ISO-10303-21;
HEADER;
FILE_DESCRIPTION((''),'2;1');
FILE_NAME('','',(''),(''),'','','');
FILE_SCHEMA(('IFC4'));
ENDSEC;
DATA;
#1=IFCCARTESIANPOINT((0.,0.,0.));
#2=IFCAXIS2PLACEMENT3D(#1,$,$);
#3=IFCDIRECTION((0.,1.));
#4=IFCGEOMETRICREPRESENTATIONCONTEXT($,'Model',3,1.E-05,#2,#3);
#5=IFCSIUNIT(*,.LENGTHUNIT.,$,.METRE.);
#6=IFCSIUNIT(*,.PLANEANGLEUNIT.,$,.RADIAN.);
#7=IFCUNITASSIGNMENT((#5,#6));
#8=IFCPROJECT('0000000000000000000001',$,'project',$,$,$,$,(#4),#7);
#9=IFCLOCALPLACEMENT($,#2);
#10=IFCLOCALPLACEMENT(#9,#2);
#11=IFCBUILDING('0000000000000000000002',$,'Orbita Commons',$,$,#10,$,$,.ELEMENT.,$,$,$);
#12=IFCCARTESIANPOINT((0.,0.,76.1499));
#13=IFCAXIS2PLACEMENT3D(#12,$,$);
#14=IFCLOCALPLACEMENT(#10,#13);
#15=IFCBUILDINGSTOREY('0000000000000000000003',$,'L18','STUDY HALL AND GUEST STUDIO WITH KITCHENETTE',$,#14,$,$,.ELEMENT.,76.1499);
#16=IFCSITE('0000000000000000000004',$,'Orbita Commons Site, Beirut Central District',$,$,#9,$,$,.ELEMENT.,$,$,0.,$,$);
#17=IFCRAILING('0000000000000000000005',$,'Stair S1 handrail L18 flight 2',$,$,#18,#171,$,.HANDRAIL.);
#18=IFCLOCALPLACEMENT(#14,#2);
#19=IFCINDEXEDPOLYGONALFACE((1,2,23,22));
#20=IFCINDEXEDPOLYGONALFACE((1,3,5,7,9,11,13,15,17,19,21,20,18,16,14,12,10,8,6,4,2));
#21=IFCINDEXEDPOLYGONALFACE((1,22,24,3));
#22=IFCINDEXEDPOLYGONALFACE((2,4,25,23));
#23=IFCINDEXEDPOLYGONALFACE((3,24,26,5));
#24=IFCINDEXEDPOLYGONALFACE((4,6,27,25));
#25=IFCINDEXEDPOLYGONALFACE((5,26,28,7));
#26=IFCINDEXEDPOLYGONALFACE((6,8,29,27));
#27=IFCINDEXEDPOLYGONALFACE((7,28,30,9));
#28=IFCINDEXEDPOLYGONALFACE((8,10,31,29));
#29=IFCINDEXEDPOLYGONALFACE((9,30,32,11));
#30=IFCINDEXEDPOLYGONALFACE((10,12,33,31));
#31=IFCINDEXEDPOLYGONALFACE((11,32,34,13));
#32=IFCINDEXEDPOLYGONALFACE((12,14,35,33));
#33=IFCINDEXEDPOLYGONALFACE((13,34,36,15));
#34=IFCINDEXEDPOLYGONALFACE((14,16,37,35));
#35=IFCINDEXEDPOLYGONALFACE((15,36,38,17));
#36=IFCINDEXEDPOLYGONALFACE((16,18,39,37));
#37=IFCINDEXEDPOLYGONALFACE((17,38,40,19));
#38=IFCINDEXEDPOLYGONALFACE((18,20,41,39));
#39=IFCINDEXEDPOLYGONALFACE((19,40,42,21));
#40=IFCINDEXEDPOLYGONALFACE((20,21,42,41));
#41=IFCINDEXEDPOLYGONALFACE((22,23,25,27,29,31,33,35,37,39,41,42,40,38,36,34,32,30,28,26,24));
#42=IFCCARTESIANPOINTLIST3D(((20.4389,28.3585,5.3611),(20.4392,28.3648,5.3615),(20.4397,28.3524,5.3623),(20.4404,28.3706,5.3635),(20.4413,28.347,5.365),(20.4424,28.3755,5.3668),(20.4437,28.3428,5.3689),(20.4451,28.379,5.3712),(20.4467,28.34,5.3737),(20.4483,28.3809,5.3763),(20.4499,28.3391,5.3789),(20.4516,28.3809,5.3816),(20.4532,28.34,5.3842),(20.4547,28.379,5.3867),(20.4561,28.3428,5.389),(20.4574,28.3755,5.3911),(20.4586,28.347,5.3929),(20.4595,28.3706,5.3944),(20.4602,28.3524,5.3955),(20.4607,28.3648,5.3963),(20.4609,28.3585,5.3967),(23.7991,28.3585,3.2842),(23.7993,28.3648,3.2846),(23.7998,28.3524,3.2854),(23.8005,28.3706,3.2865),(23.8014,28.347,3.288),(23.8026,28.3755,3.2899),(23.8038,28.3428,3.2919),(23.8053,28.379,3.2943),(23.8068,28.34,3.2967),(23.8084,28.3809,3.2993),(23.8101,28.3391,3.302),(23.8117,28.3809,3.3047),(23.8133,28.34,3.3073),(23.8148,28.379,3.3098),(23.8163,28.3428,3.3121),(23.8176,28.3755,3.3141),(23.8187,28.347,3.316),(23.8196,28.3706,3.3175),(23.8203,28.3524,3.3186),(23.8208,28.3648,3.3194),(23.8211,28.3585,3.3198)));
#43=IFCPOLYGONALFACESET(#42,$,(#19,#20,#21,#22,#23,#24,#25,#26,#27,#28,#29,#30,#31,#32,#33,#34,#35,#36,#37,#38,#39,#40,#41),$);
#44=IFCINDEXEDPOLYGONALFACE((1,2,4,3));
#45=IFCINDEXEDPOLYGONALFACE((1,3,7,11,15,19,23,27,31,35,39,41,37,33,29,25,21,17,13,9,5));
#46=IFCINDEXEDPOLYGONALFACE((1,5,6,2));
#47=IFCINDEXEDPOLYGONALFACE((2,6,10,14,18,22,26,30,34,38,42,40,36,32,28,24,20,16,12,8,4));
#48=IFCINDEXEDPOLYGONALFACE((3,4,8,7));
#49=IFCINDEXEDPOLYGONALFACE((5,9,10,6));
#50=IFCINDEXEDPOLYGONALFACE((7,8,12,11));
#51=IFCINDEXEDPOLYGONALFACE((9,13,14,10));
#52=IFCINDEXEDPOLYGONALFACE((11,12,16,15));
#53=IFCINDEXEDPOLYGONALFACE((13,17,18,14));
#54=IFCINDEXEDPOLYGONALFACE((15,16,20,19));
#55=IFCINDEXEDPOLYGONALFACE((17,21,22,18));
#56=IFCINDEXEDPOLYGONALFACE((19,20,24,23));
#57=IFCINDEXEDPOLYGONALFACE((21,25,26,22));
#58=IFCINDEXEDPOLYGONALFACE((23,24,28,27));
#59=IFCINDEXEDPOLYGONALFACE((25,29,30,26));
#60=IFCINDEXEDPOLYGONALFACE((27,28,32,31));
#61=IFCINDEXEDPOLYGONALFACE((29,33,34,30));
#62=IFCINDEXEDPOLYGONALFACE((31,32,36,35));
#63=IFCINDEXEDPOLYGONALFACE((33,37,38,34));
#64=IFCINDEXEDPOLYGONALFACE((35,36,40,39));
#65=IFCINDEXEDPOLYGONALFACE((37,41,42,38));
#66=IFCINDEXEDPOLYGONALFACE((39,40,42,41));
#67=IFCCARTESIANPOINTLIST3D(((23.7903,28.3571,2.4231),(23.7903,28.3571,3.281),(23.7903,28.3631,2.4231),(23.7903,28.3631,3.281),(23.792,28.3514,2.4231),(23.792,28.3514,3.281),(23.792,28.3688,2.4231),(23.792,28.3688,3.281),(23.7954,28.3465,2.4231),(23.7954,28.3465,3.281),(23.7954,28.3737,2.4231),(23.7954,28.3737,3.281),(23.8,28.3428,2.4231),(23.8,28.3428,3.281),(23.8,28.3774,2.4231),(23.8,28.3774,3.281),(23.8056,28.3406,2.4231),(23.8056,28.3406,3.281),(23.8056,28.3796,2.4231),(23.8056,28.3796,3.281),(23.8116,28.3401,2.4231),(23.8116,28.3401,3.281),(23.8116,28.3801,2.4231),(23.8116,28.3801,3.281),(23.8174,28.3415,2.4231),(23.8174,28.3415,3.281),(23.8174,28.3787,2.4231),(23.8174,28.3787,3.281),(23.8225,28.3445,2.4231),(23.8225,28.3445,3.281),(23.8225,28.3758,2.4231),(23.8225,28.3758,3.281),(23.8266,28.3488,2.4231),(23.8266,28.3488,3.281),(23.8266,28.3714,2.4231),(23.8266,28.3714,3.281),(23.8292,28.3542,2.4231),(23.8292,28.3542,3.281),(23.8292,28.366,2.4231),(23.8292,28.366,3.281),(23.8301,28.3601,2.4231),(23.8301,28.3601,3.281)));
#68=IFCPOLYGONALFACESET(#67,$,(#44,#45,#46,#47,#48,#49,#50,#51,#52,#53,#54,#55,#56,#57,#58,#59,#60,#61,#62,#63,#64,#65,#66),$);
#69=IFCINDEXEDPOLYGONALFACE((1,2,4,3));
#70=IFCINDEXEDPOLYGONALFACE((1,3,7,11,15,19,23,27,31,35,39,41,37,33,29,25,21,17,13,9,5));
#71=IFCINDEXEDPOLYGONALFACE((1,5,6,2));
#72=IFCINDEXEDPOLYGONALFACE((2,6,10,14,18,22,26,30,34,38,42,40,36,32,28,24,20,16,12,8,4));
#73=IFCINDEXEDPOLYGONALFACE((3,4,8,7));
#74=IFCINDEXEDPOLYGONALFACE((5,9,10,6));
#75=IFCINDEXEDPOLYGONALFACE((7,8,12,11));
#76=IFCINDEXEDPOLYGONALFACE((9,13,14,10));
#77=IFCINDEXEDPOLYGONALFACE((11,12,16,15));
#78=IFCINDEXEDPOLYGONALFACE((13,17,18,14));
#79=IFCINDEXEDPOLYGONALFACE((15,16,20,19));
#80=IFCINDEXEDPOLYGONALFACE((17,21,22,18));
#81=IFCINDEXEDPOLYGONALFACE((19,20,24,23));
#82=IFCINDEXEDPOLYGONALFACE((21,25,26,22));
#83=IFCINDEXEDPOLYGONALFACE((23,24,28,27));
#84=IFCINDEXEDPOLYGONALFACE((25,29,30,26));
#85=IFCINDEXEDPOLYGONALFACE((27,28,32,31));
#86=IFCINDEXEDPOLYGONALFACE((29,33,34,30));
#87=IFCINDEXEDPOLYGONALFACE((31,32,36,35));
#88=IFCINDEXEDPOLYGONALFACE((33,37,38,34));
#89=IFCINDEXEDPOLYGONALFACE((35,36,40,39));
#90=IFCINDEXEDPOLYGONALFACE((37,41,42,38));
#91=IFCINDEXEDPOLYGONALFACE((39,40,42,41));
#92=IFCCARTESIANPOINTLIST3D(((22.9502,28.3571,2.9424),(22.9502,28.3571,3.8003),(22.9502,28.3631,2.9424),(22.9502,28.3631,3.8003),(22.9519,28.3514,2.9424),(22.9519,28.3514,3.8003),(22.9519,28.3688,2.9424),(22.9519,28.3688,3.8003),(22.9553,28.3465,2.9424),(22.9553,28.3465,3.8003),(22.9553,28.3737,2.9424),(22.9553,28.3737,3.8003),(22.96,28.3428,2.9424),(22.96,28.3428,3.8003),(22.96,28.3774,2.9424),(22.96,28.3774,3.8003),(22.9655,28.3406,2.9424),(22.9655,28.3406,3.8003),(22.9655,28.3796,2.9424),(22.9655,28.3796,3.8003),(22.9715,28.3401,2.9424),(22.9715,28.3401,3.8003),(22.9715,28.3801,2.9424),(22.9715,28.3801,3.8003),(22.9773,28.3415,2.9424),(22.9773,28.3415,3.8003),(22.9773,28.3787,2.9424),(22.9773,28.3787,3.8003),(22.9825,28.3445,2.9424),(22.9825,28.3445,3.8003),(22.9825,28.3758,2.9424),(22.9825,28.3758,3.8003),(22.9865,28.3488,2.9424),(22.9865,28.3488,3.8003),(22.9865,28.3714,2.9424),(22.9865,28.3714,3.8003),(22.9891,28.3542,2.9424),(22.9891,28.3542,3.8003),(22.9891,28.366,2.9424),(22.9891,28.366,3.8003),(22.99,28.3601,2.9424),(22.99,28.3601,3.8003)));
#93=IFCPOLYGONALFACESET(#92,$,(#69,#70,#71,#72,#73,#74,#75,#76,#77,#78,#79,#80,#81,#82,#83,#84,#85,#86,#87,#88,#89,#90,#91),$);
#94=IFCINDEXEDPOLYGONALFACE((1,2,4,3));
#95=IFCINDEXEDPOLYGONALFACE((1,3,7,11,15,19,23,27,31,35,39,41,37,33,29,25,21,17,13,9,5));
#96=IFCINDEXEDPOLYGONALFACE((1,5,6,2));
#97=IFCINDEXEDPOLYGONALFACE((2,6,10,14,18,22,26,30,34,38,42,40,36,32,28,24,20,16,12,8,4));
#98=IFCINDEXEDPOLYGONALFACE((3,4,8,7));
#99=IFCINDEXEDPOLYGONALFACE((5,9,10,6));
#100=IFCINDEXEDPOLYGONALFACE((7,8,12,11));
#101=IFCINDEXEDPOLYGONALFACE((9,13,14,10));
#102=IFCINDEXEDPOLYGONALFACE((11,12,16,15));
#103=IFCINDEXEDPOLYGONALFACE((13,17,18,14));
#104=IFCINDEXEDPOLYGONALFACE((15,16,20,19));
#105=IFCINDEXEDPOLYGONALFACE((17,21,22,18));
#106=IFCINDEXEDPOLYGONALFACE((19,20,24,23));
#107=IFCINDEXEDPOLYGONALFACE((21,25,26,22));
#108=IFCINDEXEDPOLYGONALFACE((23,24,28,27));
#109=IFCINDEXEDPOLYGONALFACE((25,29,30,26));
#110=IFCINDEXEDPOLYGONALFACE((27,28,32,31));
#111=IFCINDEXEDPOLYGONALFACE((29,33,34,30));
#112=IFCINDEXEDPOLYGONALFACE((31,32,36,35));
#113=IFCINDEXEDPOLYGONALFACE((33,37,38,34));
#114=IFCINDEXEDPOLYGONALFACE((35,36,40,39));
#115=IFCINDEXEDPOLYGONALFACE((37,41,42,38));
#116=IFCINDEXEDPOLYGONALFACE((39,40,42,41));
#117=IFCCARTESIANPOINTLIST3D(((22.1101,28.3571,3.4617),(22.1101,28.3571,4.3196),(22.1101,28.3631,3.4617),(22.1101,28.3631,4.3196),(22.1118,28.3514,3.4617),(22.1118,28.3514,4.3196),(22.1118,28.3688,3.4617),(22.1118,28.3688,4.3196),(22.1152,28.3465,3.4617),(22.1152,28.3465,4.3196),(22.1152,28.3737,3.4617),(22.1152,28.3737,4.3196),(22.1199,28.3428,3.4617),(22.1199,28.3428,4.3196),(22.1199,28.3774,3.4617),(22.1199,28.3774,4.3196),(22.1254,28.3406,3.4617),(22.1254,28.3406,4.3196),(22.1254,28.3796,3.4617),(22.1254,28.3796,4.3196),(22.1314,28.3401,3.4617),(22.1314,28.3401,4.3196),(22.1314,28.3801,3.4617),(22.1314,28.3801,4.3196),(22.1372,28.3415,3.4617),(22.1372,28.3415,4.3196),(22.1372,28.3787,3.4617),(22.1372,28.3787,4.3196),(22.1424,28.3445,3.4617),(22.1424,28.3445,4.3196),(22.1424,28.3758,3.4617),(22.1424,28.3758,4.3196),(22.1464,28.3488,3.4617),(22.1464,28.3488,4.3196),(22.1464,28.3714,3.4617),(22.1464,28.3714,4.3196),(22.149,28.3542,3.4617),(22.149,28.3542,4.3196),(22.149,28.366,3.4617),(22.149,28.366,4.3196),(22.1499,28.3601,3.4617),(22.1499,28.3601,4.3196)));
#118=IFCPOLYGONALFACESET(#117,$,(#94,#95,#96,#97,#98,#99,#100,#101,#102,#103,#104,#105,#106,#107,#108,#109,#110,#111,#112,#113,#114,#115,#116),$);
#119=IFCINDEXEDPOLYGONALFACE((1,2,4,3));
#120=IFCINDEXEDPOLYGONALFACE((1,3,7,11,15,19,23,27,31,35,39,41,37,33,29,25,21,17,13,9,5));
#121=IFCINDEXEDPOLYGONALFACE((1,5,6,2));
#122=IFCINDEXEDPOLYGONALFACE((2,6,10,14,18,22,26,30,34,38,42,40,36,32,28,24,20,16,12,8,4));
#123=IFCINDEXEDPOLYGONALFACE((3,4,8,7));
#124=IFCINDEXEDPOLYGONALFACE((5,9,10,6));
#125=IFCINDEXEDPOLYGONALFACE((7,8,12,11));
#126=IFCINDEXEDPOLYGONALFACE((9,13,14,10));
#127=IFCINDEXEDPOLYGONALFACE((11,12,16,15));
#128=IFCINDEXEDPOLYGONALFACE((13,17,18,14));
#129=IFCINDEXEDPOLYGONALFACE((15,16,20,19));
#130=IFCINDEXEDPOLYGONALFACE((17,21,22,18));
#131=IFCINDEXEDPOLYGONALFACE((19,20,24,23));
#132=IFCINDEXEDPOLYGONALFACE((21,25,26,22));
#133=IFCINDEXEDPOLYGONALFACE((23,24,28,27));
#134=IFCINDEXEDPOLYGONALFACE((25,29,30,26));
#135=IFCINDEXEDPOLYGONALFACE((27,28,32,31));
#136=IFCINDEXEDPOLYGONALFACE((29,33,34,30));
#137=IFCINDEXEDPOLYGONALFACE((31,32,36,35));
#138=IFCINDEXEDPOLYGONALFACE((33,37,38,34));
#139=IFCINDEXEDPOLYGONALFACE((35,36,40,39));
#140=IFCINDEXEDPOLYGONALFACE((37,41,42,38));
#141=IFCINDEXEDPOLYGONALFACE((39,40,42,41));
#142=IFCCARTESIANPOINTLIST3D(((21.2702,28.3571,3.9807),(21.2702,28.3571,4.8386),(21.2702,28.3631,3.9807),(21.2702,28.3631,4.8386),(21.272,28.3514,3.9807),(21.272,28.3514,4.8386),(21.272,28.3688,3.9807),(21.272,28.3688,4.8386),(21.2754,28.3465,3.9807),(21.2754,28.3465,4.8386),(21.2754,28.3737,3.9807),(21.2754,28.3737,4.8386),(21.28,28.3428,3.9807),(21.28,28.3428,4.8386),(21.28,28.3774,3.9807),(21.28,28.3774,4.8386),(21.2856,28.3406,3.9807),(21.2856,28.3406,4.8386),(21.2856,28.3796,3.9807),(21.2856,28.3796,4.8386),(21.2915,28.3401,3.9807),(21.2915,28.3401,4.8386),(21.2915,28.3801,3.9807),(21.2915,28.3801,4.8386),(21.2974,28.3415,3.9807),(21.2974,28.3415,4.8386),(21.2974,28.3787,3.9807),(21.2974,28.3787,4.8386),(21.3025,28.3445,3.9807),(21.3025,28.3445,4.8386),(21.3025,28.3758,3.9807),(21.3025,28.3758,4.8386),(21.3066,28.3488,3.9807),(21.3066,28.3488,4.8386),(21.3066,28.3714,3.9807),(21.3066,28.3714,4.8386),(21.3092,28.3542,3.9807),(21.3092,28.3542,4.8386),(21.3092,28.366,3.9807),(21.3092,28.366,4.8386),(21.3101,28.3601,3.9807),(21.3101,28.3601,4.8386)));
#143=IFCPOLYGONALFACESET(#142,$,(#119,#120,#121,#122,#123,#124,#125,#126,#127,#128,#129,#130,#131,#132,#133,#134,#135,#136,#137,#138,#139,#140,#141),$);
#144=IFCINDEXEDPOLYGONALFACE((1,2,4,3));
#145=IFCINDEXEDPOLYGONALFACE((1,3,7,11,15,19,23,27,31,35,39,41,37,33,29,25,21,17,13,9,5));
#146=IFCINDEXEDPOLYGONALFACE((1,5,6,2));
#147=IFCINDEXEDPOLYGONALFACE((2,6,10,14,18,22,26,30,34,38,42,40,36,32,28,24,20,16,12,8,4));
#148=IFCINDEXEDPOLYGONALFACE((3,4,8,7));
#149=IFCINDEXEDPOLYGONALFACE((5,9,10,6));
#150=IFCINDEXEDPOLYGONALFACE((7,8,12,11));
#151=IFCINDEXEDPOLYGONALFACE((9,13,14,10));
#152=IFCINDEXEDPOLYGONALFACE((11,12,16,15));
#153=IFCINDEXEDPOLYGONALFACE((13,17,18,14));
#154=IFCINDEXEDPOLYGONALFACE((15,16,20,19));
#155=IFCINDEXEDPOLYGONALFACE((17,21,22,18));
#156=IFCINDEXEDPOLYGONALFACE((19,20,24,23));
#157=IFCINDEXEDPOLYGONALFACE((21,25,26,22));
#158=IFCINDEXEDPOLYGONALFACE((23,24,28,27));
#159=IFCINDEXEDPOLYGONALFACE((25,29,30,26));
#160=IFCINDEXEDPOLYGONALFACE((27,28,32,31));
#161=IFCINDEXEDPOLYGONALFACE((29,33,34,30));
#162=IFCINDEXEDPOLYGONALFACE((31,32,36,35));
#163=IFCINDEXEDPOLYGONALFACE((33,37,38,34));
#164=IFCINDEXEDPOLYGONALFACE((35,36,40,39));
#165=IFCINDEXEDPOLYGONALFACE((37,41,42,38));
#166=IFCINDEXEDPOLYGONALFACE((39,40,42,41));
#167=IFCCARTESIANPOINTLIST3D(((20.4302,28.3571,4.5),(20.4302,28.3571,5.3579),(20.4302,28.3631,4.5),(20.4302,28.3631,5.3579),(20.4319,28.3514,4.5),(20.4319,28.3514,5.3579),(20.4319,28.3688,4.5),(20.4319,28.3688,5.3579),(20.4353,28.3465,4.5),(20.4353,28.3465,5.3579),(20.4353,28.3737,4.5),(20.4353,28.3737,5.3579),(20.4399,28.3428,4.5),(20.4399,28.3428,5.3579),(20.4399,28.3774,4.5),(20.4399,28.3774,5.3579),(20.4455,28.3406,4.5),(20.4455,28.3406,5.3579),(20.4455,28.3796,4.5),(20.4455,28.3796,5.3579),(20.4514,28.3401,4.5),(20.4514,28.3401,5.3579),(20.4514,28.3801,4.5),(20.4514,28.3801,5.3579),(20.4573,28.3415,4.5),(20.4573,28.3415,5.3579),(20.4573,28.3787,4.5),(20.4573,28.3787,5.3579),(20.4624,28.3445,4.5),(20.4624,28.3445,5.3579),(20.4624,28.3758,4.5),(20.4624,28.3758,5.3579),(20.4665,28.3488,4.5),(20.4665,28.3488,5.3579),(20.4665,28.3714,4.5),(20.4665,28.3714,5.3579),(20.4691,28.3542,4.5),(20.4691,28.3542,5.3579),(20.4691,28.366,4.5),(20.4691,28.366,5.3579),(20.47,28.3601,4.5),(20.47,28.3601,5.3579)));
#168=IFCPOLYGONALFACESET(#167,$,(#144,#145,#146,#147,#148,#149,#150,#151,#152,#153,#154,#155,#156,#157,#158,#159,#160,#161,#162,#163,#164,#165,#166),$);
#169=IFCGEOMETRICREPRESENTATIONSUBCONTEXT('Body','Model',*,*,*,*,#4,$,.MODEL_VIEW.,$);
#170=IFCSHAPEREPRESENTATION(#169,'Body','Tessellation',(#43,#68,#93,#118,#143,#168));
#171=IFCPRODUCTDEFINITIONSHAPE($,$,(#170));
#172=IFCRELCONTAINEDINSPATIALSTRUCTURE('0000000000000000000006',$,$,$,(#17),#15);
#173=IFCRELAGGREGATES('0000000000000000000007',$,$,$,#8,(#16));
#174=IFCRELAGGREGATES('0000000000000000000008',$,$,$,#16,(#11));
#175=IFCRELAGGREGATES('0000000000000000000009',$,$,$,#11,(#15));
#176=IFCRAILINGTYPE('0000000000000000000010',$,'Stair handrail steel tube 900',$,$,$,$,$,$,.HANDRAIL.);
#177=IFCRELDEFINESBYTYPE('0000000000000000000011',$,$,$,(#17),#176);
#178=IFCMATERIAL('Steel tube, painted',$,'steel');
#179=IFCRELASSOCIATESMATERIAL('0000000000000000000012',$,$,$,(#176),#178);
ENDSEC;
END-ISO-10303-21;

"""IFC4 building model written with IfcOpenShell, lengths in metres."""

from ifc_helpers import new_model, si_unit, direction, frame, origin, origin_2d, place, context, subcontext, project, spatial, circle, extrude, material, type_object, element, save


model = new_model("IFC4")

# Units and contexts
model_context = context("Model", 3, precision=1e-05, world=origin(), true_north=direction((0.0, 1.0)))
body_context = subcontext(model_context, "Body", "Model", "MODEL_VIEW")
ifc_project = project(units=[si_unit("LENGTHUNIT", "METRE"), si_unit("PLANEANGLEUNIT", "RADIAN")], contexts=[model_context])

# Site, building, storey
site_placement = place(None, origin())
site = spatial("IfcSite", under=ifc_project, at=site_placement, Name="Orbita Commons Site, Beirut Central District", CompositionType="ELEMENT", RefElevation=0.0)
building_placement = place(site_placement, origin())
building = spatial("IfcBuilding", under=site, at=building_placement, Name="Orbita Commons", CompositionType="ELEMENT")
storey_placement = place(building_placement, frame((0.0, 0.0, 76.1499)))
storey = spatial("IfcBuildingStorey", under=building, at=storey_placement, Name="L18", Description="STUDY HALL AND GUEST STUDIO WITH KITCHENETTE", CompositionType="ELEMENT", Elevation=76.1499)

# Railing
ifc_material = material(Name="Steel tube, painted", Category="steel")
railing_type = type_object("IfcRailingType", Name="Stair handrail steel tube 900", PredefinedType="HANDRAIL", material=ifc_material)
for number, where, name in (
    (1, (23.8101, 28.3601, 2.4231), "Stair S1 handrail L18 flight 2"),
):
    element("IfcRailing", number, at=place(storey_placement, frame(where)), inside=storey, type_object=railing_type, Name=name, PredefinedType="HANDRAIL", context=body_context, shape_type="SweptSolid", body=[
        extrude(circle(Radius=0.021, at=origin_2d()), frame((0.0, 0.0, 0.8789), z_axis=(-0.850623, 0.0, 0.525776), x_axis=(0.0, -1.0, 0.0)), (0.0, 0.0, 1.0), 3.9502),
        extrude(circle(Radius=0.02, at=origin_2d()), origin(), (0.0, 0.0, 1.0), 0.8579),
        extrude(circle(Radius=0.02, at=origin_2d()), frame((-0.8401, 0.0, 0.5193)), (0.0, 0.0, 1.0), 0.8579),
        extrude(circle(Radius=0.02, at=origin_2d()), frame((-1.6802, 0.0, 1.0386)), (0.0, 0.0, 1.0), 0.8579),
        extrude(circle(Radius=0.02, at=origin_2d()), frame((-2.52, 0.0, 1.5576)), (0.0, 0.0, 1.0), 0.8579),
        extrude(circle(Radius=0.02, at=origin_2d()), frame((-3.3601, 0.0, 2.0769)), (0.0, 0.0, 1.0), 0.8579),
    ])

save(model, "model.ifc")
